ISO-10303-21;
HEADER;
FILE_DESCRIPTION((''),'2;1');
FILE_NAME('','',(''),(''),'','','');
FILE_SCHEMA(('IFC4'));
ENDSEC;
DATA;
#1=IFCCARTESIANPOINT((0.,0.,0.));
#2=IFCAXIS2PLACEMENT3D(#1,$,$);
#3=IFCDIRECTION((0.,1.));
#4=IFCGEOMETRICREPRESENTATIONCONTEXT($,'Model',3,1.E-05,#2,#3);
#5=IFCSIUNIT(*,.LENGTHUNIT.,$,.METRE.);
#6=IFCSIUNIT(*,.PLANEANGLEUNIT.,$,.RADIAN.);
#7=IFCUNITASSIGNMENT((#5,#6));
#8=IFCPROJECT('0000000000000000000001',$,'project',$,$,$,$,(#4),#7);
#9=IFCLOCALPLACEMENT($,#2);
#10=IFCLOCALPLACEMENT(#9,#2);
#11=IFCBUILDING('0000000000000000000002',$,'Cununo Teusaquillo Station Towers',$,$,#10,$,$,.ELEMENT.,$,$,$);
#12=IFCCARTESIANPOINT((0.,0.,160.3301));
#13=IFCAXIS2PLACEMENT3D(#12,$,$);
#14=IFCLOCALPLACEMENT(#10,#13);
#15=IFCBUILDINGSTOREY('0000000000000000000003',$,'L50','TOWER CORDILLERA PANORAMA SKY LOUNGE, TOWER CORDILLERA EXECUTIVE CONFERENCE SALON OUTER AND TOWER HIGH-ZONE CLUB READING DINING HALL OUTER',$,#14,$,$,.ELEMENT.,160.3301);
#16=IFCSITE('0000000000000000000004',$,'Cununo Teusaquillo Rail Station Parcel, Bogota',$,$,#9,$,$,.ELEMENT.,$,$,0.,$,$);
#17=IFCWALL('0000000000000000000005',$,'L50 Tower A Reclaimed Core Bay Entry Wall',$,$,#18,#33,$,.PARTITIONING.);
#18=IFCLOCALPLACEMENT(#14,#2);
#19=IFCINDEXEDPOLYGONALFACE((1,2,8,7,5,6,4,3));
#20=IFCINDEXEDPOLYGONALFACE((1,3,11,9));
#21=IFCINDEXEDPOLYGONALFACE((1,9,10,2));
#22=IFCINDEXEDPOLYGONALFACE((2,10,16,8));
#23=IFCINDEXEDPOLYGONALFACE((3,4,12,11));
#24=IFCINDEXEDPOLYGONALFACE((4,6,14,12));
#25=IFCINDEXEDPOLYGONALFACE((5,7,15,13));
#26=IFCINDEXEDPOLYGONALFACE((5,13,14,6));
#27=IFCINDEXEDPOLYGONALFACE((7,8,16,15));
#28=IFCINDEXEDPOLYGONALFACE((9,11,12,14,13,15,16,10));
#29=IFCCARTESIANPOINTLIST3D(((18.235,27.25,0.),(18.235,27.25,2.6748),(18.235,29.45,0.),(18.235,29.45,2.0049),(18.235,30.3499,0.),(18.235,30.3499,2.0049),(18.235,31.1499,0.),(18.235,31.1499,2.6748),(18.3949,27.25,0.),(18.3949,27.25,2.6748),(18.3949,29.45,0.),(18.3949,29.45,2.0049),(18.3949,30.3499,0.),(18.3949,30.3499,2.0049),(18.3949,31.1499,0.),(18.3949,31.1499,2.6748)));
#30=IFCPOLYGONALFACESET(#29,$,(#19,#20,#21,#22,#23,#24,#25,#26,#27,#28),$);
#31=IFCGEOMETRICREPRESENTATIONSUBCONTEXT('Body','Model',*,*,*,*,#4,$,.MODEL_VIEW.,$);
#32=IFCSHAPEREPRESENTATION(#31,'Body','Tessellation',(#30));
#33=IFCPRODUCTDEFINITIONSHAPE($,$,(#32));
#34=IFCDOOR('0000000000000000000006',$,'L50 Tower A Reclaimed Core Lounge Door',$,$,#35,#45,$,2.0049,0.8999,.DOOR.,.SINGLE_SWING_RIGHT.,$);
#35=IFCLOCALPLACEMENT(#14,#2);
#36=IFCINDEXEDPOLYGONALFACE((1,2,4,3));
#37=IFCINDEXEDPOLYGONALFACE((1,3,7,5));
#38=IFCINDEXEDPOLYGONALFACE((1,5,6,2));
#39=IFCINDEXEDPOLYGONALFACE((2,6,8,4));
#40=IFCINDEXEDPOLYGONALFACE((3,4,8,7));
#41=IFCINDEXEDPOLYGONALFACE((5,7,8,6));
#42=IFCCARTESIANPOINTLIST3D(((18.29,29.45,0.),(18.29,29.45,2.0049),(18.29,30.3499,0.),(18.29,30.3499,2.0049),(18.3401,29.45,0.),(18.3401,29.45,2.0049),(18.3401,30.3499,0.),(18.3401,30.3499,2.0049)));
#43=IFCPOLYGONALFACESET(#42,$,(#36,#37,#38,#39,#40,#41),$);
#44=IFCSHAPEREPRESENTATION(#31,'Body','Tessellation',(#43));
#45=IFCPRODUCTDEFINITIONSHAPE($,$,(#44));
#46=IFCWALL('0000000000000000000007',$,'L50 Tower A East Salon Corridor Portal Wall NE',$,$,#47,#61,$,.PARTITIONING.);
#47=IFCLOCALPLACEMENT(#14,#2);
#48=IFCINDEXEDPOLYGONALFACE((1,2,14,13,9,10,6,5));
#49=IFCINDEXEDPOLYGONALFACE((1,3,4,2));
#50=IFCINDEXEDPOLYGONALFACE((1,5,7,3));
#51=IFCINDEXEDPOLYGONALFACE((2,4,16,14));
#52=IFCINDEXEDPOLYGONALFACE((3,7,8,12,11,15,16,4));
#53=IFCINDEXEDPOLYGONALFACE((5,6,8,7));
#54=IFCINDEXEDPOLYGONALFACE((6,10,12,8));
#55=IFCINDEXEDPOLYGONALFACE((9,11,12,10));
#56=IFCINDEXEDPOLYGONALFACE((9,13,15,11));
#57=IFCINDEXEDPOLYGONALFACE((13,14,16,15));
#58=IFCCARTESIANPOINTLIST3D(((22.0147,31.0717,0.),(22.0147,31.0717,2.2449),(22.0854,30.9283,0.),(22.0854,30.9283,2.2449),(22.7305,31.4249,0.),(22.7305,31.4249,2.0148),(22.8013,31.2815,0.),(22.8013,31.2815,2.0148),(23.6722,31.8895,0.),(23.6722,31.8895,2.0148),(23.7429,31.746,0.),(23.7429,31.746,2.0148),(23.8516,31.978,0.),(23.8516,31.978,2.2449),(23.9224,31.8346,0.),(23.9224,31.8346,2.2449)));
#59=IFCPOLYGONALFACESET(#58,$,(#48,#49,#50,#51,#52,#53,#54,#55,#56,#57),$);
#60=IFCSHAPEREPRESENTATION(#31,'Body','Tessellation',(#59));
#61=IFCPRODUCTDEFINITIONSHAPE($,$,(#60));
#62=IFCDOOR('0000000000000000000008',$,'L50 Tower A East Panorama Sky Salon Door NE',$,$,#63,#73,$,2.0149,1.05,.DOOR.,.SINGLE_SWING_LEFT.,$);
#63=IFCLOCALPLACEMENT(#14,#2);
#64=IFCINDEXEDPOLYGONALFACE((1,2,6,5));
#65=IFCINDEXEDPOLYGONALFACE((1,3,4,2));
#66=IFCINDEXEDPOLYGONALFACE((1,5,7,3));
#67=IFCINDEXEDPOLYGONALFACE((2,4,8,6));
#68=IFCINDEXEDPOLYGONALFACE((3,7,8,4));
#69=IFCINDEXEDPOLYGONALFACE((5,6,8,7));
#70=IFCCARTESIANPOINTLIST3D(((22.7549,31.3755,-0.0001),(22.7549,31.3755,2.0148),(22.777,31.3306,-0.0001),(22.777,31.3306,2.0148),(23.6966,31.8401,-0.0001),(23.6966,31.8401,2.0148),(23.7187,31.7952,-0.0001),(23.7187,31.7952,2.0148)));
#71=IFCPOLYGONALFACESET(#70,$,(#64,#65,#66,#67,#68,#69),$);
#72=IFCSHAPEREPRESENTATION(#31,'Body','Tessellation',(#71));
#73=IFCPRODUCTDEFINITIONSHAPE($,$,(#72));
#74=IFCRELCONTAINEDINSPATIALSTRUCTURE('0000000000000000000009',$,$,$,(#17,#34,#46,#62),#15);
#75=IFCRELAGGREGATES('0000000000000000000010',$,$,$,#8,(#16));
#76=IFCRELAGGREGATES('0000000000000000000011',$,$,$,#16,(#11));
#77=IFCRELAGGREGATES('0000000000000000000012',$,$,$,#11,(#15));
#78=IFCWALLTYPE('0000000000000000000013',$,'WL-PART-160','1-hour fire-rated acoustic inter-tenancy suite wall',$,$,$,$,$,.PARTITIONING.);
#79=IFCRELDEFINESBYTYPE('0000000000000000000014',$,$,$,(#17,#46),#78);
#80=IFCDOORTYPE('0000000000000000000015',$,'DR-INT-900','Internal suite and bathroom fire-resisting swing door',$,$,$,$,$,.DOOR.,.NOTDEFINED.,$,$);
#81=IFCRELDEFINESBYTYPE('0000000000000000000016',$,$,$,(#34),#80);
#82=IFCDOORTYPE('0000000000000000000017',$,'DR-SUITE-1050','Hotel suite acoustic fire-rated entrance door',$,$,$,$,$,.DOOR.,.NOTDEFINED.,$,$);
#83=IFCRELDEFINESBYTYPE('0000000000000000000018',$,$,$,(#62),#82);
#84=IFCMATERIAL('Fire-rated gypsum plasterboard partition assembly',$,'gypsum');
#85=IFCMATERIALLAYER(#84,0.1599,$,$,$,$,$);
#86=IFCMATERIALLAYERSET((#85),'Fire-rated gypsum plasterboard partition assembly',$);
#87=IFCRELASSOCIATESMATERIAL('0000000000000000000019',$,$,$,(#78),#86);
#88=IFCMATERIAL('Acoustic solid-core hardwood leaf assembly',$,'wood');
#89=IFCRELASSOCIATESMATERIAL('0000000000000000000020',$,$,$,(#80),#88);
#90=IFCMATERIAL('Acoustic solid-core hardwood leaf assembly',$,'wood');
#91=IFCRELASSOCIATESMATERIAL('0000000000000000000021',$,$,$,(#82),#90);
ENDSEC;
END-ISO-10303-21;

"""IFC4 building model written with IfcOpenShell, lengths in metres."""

from ifc_helpers import new_model, si_unit, direction, frame, frame_2d, origin, place, context, subcontext, project, spatial, rectangle, extrude, source, transform, mapped, material, layer, layer_set, type_object, element, fill, save


model = new_model("IFC4")

# Units and contexts
model_context = context("Model", 3, precision=1e-05, world=origin(), true_north=direction((0.0, 1.0)))
body_context = subcontext(model_context, "Body", "Model", "MODEL_VIEW")
ifc_project = project(units=[si_unit("LENGTHUNIT", "METRE"), si_unit("PLANEANGLEUNIT", "RADIAN")], contexts=[model_context])

# Site, building, storey
site_placement = place(None, origin())
site = spatial("IfcSite", under=ifc_project, at=site_placement, Name="Cununo Teusaquillo Rail Station Parcel, Bogota", CompositionType="ELEMENT", RefElevation=0.0)
building_placement = place(site_placement, origin())
building = spatial("IfcBuilding", under=site, at=building_placement, Name="Cununo Teusaquillo Station Towers", CompositionType="ELEMENT")
storey_placement = place(building_placement, frame((0.0, 0.0, 160.3301)))
storey = spatial("IfcBuildingStorey", under=building, at=storey_placement, Name="L50", Description="TOWER CORDILLERA PANORAMA SKY LOUNGE, TOWER CORDILLERA EXECUTIVE CONFERENCE SALON OUTER AND TOWER HIGH-ZONE CLUB READING DINING HALL OUTER", CompositionType="ELEMENT", Elevation=160.3301)

# Walls, openings, doors
ifc_material_1 = material(Name="Fire-rated gypsum plasterboard partition assembly", Category="gypsum")
ifc_layer_1 = layer(ifc_material_1, 0.1599)
ifc_layer_set_1 = layer_set([ifc_layer_1], Name="Fire-rated gypsum plasterboard partition assembly")
wall_type = type_object("IfcWallType", Name="WL-PART-160", Description="1-hour fire-rated acoustic inter-tenancy suite wall", PredefinedType="PARTITIONING", material=ifc_layer_set_1)
wall_1_placement = place(storey_placement, frame((18.3149, 27.25, 0.0), z_axis=(0.0, 0.0, 1.0), x_axis=(0.0, 1.0, 0.0)))
wall_1 = element("IfcWall", 1, at=wall_1_placement, inside=storey, type_object=wall_type, Name="L50 Tower A Reclaimed Core Bay Entry Wall", PredefinedType="PARTITIONING", context=body_context, shape_type="SweptSolid", body=[
    extrude(rectangle(XDim=3.8999, YDim=0.1599, at=frame_2d((1.95, 0.0))), origin(), (0.0, 0.0, 1.0), 2.6748),
])
shared_shape_1 = source(origin(), body_context, "Body", "SweptSolid", [
    extrude(rectangle(XDim=0.8999, YDim=2.0049, at=frame_2d((0.45, 1.0024))), frame((0.0, 0.0898, 0.0), z_axis=(0.0, -1.0, 0.0), x_axis=(1.0, 0.0, 0.0)), (0.0, 0.0, 1.0), 0.1799),
])
opening_1_placement = place(wall_1_placement, frame((2.2, 0.0, 0.0)))
opening_1 = element("IfcOpeningElement", 2, at=opening_1_placement, cuts=wall_1, PredefinedType="OPENING", context=body_context, shape_type="MappedRepresentation", body=[
    mapped(shared_shape_1, transform((0.0, 0.0, 0.0), x_axis=(1.0, 0.0, 0.0), y_axis=(0.0, 1.0, 0.0), z_axis=(0.0, 0.0, 1.0), scale=1.0)),
])
ifc_material_2 = material(Name="Acoustic solid-core hardwood leaf assembly", Category="wood")
door_type_1 = type_object("IfcDoorType", Name="DR-INT-900", Description="Internal suite and bathroom fire-resisting swing door", OperationType="NOTDEFINED", PredefinedType="DOOR", material=ifc_material_2)
shared_shape_2 = source(origin(), body_context, "Body", "SweptSolid", [
    extrude(rectangle(XDim=0.8999, YDim=2.0049, at=frame_2d((0.45, 1.0024))), frame((0.0, 0.0249, 0.0), z_axis=(0.0, -1.0, 0.0), x_axis=(1.0, 0.0, 0.0)), (0.0, 0.0, 1.0), 0.05),
])
door_1_placement = place(opening_1_placement, origin())
door_1 = element("IfcDoor", 3, at=door_1_placement, inside=storey, type_object=door_type_1, Name="L50 Tower A Reclaimed Core Lounge Door", OperationType="SINGLE_SWING_RIGHT", OverallHeight=2.0049, OverallWidth=0.8999, PredefinedType="DOOR", context=body_context, shape_type="MappedRepresentation", body=[
    mapped(shared_shape_2, transform((0.0, 0.0, 0.0), x_axis=(1.0, 0.0, 0.0), y_axis=(0.0, 1.0, 0.0), z_axis=(0.0, 0.0, 1.0), scale=1.0)),
])
fill(opening_1, door_1)
wall_2_placement = place(storey_placement, frame((22.05, 31.0, 0.0), z_axis=(0.0, 0.0, 1.0), x_axis=(0.896798, 0.44244, 0.0)))
wall_2 = element("IfcWall", 4, at=wall_2_placement, inside=storey, type_object=wall_type, Name="L50 Tower A East Salon Corridor Portal Wall NE", PredefinedType="PARTITIONING", context=body_context, shape_type="SweptSolid", body=[
    extrude(rectangle(XDim=2.0483, YDim=0.1599, at=frame_2d((1.0242, 0.0))), origin(), (0.0, 0.0, 1.0), 2.2449),
])
shared_shape_3 = source(origin(), body_context, "Body", "SweptSolid", [
    extrude(rectangle(XDim=1.05, YDim=2.0149, at=frame_2d((0.5249, 1.0073))), frame((0.0, 0.0898, 0.0), z_axis=(0.0, -1.0, 0.0), x_axis=(1.0, 0.0, 0.0)), (0.0, 0.0, 1.0), 0.1799),
])
opening_2_placement = place(wall_2_placement, frame((0.7983, 0.0, 0.0)))
opening_2 = element("IfcOpeningElement", 5, at=opening_2_placement, cuts=wall_2, PredefinedType="OPENING", context=body_context, shape_type="MappedRepresentation", body=[
    mapped(shared_shape_3, transform((0.0, 0.0, 0.0), x_axis=(1.0, 0.0, 0.0), y_axis=(0.0, 1.0, 0.0), z_axis=(0.0, 0.0, 1.0), scale=1.0)),
])
ifc_material_3 = material(Name="Acoustic solid-core hardwood leaf assembly", Category="wood")
door_type_2 = type_object("IfcDoorType", Name="DR-SUITE-1050", Description="Hotel suite acoustic fire-rated entrance door", OperationType="NOTDEFINED", PredefinedType="DOOR", material=ifc_material_3)
shared_shape_4 = source(origin(), body_context, "Body", "SweptSolid", [
    extrude(rectangle(XDim=1.05, YDim=2.0149, at=frame_2d((0.5249, 1.0073))), frame((0.0, 0.0249, 0.0), z_axis=(0.0, -1.0, 0.0), x_axis=(1.0, 0.0, 0.0)), (0.0, 0.0, 1.0), 0.05),
])
door_2_placement = place(opening_2_placement, origin())
door_2 = element("IfcDoor", 6, at=door_2_placement, inside=storey, type_object=door_type_2, Name="L50 Tower A East Panorama Sky Salon Door NE", OperationType="SINGLE_SWING_LEFT", OverallHeight=2.0149, OverallWidth=1.05, PredefinedType="DOOR", context=body_context, shape_type="MappedRepresentation", body=[
    mapped(shared_shape_4, transform((0.0, 0.0, 0.0), x_axis=(1.0, 0.0, 0.0), y_axis=(0.0, 1.0, 0.0), z_axis=(0.0, 0.0, 1.0), scale=1.0)),
])
fill(opening_2, door_2)

save(model, "model.ifc")
